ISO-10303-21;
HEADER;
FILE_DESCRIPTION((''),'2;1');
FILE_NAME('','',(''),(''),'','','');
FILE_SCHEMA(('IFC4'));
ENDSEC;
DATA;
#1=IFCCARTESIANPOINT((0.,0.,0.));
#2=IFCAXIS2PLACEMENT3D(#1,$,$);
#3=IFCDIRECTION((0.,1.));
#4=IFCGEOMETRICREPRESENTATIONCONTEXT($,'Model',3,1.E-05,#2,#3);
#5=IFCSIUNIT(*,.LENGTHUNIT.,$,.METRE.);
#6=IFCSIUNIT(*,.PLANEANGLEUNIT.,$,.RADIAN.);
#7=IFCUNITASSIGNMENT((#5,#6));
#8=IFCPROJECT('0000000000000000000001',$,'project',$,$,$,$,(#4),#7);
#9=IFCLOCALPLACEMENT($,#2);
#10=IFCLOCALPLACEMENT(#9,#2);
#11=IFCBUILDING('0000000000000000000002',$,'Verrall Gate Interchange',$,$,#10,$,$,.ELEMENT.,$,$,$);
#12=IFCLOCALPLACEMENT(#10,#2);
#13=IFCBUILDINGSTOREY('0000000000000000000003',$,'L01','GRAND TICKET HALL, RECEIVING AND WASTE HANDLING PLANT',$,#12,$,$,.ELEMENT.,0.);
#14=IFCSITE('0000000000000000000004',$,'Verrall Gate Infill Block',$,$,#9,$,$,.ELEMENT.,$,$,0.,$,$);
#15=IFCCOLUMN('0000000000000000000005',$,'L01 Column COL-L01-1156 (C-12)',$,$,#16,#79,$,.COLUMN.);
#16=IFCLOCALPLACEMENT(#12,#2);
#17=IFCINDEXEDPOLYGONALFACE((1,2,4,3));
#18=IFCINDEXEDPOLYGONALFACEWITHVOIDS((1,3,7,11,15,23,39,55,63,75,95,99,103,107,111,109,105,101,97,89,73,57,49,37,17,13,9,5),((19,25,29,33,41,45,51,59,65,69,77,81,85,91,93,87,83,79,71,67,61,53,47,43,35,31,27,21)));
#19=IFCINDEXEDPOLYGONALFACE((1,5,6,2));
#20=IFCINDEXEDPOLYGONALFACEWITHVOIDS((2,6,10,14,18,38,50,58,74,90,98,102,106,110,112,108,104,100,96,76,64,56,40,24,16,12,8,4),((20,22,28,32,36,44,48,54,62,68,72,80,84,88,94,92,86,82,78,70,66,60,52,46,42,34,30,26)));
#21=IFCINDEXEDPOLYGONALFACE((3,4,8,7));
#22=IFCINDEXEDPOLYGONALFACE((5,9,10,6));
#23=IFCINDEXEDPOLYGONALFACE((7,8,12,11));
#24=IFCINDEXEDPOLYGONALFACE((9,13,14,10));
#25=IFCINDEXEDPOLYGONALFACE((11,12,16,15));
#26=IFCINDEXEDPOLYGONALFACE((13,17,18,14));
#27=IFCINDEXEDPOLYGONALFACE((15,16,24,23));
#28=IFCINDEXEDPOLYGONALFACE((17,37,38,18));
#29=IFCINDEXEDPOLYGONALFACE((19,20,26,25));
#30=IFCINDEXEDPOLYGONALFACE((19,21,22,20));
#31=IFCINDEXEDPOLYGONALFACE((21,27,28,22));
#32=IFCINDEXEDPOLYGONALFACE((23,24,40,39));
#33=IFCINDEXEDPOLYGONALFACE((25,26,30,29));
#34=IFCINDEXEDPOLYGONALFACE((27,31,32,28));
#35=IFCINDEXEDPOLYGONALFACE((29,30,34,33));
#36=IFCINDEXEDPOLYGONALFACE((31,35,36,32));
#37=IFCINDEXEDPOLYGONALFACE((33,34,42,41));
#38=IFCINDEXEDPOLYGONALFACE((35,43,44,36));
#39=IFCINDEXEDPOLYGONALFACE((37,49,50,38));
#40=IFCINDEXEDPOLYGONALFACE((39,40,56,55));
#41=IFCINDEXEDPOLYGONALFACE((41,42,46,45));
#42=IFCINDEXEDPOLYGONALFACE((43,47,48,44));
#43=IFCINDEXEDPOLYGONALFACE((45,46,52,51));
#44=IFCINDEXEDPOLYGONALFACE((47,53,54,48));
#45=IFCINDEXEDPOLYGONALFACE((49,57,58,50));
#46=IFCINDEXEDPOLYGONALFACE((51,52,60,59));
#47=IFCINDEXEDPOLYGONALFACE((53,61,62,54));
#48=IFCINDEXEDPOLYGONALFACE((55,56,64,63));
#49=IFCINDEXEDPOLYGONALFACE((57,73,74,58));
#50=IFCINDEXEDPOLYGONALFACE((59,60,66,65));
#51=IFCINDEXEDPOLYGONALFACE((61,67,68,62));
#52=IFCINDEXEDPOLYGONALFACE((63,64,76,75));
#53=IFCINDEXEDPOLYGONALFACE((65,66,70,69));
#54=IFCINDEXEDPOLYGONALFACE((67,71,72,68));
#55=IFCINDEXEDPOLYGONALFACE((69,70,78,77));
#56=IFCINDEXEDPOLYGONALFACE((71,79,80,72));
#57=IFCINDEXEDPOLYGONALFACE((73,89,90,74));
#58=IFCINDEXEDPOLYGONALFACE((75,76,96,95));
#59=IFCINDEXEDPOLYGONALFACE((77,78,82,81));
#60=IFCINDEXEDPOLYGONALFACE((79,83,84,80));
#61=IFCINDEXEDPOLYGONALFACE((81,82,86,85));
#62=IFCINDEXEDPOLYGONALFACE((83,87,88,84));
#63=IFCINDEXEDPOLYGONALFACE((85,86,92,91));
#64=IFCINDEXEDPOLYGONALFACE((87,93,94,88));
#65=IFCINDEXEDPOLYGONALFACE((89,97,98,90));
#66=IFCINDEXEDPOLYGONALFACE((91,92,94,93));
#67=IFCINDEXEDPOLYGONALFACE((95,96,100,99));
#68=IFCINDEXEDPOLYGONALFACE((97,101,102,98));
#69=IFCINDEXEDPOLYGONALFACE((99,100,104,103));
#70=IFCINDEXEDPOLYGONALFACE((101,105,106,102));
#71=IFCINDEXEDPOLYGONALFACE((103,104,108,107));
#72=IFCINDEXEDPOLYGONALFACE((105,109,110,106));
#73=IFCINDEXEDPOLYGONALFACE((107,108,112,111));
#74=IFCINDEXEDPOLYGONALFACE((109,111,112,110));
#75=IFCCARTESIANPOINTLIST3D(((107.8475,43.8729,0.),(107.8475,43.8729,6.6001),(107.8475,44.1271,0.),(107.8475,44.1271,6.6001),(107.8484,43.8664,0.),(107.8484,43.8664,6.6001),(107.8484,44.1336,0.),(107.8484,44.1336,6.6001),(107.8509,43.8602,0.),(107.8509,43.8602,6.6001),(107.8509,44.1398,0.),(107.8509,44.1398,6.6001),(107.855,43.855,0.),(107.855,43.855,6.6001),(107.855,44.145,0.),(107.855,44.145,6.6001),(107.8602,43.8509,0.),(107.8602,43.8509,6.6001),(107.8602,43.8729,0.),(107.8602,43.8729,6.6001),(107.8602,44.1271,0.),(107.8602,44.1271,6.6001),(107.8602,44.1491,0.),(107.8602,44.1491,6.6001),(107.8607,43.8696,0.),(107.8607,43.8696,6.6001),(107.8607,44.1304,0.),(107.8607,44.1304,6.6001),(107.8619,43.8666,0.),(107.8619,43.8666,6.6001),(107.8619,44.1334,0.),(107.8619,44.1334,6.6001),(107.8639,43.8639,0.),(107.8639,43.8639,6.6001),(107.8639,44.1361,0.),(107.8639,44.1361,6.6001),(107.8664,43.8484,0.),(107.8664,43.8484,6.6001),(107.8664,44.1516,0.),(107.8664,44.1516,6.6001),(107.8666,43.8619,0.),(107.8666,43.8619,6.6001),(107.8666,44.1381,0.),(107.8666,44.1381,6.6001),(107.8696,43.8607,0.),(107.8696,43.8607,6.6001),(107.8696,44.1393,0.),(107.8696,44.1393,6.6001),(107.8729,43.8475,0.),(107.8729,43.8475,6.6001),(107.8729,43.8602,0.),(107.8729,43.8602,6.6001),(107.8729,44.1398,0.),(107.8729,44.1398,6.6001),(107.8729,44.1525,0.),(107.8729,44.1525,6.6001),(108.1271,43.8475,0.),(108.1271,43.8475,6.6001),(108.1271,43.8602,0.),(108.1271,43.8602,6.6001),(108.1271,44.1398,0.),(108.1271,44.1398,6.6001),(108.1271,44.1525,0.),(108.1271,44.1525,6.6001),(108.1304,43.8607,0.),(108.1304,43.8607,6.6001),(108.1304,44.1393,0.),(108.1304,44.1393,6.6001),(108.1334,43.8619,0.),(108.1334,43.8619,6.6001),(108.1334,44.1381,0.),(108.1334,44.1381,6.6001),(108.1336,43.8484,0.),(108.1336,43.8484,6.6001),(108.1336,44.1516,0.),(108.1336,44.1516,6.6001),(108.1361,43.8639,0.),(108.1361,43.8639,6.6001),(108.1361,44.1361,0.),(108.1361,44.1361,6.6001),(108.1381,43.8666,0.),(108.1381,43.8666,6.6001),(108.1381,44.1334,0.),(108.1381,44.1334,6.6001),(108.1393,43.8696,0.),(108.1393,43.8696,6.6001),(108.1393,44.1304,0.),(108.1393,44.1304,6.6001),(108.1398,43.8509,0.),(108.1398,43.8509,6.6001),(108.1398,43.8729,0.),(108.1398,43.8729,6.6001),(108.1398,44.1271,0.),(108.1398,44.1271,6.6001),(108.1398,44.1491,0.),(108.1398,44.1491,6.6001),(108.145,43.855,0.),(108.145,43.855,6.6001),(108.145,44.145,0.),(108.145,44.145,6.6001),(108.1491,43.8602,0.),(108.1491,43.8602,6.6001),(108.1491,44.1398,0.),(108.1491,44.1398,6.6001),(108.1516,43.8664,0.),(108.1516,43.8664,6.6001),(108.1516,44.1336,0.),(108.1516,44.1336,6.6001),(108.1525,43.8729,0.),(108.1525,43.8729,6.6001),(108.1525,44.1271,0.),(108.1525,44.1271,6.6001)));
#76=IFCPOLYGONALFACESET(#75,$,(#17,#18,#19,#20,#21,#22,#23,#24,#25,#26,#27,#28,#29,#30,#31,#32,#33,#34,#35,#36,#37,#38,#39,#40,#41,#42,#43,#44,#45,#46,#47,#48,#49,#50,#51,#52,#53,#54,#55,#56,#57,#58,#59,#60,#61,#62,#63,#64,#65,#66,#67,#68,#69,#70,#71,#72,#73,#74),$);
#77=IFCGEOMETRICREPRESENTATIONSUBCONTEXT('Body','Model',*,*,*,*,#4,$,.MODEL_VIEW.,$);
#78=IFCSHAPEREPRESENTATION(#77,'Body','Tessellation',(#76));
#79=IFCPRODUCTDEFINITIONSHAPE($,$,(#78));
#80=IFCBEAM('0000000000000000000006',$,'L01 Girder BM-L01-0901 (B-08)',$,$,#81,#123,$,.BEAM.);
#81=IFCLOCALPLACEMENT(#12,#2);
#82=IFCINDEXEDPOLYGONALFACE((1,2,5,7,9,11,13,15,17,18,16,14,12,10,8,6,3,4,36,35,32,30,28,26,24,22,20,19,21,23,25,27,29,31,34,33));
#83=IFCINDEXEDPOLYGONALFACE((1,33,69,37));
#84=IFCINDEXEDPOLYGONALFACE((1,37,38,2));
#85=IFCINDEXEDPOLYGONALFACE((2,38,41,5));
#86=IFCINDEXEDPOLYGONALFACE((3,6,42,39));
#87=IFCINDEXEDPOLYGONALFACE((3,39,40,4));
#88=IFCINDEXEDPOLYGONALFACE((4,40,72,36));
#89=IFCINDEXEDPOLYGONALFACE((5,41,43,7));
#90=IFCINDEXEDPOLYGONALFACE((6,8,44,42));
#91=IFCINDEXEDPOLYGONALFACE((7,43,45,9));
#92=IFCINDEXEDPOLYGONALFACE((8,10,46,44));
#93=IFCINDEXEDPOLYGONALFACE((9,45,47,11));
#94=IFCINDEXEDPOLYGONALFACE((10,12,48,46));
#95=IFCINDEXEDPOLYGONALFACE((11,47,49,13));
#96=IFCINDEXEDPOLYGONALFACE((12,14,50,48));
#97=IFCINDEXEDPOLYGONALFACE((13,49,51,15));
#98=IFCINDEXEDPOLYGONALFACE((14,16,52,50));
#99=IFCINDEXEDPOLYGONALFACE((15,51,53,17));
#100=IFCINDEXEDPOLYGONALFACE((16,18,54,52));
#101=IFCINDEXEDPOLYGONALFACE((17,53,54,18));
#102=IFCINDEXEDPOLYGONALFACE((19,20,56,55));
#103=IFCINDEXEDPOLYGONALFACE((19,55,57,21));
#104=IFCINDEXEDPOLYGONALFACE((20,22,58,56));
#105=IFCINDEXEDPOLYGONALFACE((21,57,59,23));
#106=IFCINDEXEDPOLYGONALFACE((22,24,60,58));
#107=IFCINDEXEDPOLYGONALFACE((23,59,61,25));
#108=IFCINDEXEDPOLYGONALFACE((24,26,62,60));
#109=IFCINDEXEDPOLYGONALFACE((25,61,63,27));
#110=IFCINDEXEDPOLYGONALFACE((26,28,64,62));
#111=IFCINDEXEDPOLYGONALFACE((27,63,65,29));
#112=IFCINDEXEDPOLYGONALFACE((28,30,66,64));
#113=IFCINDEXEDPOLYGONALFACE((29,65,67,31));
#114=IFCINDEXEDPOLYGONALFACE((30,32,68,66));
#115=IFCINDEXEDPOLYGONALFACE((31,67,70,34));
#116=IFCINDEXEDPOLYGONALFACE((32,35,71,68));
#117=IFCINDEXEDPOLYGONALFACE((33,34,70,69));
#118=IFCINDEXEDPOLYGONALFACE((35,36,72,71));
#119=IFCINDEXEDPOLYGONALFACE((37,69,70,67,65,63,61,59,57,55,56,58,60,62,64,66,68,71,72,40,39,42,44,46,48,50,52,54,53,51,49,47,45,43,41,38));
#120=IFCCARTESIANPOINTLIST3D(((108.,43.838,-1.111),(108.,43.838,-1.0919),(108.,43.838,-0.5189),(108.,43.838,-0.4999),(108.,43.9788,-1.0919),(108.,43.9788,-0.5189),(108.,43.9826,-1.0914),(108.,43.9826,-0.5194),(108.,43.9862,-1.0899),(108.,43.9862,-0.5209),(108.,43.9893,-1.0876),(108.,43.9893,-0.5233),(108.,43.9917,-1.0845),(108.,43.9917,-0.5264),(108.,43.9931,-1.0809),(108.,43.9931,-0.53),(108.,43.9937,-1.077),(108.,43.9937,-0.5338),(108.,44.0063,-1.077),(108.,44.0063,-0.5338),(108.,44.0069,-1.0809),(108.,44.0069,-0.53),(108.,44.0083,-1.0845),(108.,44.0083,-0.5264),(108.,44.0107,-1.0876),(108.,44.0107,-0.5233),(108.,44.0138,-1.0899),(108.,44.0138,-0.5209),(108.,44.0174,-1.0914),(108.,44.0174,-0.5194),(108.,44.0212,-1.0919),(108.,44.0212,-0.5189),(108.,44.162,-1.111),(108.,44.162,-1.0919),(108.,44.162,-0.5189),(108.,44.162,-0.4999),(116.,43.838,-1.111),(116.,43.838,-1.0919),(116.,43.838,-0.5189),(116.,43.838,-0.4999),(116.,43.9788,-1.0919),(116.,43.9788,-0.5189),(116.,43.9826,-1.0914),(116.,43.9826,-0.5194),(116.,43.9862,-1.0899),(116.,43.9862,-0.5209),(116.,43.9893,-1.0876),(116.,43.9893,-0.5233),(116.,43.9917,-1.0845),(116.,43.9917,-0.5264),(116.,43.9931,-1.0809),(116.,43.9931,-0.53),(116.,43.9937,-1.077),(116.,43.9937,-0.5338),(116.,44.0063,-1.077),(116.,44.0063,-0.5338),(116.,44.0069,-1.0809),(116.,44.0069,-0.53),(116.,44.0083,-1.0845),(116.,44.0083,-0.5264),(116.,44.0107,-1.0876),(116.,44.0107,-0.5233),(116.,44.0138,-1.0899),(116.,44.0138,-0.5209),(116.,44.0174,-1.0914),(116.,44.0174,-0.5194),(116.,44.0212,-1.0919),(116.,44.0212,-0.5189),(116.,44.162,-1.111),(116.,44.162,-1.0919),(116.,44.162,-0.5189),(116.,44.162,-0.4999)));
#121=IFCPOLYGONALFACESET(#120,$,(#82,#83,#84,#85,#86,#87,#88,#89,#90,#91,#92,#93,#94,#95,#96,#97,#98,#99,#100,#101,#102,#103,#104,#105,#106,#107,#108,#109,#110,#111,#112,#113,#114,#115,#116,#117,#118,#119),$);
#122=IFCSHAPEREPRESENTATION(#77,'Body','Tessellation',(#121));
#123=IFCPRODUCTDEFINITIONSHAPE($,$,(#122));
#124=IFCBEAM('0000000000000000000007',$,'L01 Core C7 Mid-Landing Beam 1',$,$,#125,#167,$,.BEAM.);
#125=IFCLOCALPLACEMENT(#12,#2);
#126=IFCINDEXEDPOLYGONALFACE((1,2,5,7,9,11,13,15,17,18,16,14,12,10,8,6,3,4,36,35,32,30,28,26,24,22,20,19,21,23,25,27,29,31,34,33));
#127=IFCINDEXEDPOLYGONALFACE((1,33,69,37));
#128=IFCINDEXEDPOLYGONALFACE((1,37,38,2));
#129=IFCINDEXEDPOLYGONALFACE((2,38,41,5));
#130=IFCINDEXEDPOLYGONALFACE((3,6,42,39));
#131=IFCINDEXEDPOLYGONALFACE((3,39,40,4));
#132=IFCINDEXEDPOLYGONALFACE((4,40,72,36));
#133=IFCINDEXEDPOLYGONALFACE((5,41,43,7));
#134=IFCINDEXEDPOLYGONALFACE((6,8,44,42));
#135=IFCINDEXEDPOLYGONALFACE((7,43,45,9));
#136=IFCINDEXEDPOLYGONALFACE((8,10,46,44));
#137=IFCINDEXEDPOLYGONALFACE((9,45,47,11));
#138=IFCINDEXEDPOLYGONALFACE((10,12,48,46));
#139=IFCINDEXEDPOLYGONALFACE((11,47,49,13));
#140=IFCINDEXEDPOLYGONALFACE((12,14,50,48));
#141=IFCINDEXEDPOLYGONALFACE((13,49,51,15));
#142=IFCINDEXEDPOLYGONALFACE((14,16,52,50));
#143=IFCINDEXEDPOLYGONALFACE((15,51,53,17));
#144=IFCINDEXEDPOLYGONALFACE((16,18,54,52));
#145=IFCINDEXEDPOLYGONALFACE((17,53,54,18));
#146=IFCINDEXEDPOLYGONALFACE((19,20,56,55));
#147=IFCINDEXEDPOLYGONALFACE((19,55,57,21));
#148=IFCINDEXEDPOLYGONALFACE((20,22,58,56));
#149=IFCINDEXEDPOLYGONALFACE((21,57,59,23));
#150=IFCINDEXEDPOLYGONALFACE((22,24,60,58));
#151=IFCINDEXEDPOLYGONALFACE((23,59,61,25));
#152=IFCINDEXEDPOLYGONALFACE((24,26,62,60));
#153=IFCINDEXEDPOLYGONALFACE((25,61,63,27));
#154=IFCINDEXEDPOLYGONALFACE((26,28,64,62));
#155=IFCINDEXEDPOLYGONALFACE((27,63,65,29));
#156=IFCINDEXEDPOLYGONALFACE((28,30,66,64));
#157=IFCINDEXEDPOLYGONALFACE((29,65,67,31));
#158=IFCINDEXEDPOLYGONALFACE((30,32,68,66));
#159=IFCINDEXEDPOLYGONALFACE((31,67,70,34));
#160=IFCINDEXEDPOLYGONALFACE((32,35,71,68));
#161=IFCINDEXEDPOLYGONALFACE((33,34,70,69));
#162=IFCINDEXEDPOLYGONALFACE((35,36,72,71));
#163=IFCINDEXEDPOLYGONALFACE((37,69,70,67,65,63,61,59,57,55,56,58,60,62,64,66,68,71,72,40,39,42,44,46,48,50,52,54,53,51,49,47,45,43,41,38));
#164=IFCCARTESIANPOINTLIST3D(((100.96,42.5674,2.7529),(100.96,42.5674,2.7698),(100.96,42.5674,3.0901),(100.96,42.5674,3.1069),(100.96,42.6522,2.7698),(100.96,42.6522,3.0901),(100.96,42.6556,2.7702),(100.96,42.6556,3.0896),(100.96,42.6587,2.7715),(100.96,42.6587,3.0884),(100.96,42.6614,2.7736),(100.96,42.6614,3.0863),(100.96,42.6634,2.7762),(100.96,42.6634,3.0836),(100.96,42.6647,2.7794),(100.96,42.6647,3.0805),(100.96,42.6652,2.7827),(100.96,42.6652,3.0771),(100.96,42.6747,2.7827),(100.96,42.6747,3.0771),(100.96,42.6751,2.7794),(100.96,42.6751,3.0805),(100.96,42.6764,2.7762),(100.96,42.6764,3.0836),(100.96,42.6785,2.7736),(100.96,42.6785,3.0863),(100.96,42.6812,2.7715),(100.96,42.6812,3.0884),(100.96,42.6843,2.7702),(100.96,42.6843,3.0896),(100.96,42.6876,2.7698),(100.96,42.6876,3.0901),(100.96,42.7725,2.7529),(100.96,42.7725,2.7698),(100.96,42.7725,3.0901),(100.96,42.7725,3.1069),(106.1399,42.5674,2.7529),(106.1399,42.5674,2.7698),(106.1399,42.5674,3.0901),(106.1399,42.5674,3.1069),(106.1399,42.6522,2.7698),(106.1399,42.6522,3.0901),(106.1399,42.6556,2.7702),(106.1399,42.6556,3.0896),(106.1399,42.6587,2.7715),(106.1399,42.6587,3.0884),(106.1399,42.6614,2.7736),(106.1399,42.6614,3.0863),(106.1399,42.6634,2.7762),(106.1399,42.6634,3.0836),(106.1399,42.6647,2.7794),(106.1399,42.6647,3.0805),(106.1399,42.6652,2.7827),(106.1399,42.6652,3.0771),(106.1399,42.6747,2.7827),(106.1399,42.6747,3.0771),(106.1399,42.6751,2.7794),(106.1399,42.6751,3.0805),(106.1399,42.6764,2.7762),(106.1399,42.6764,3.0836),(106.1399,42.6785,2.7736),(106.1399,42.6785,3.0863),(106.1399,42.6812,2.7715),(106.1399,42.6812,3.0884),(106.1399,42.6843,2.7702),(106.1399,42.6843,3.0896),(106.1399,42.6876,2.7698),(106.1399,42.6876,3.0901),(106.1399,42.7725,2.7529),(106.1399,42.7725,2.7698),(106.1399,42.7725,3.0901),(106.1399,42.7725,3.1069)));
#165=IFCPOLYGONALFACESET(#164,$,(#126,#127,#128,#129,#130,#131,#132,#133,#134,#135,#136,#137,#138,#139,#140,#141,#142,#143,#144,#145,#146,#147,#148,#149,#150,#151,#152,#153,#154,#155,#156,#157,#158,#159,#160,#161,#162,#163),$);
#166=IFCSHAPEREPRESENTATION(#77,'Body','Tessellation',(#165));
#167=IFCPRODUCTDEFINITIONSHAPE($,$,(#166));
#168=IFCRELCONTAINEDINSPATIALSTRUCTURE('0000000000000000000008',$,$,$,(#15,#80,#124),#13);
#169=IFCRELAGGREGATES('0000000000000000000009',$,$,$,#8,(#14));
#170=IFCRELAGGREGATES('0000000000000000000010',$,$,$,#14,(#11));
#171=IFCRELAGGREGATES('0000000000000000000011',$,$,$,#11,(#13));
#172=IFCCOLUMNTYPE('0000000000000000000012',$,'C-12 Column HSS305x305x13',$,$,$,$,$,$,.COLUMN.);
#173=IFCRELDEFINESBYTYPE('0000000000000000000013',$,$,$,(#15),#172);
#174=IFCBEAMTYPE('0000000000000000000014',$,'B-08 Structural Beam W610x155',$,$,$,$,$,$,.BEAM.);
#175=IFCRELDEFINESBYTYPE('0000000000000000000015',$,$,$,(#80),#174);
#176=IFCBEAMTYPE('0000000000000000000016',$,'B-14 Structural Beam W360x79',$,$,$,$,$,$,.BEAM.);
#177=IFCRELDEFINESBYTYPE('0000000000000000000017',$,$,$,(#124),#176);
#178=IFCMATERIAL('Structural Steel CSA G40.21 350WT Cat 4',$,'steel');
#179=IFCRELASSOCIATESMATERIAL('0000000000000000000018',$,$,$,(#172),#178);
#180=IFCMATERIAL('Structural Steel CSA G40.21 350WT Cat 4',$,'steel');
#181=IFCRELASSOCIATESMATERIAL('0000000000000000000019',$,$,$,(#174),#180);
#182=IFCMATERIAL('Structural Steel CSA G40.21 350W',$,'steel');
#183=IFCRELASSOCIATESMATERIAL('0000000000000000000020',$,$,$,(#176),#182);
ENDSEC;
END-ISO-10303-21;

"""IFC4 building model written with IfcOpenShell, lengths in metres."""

from ifc_helpers import new_model, si_unit, direction, frame, origin, origin_2d, place, context, subcontext, project, spatial, hollow_rectangle, i_section, extrude, material, material_profile, profile_set, type_object, element, save


model = new_model("IFC4")

# Units and contexts
model_context = context("Model", 3, precision=1e-05, world=origin(), true_north=direction((0.0, 1.0)))
body_context = subcontext(model_context, "Body", "Model", "MODEL_VIEW")
ifc_project = project(units=[si_unit("LENGTHUNIT", "METRE"), si_unit("PLANEANGLEUNIT", "RADIAN")], contexts=[model_context])

# Site, building, storey
site_placement = place(None, origin())
site = spatial("IfcSite", under=ifc_project, at=site_placement, Name="Verrall Gate Infill Block", CompositionType="ELEMENT", RefElevation=0.0)
building_placement = place(site_placement, origin())
building = spatial("IfcBuilding", under=site, at=building_placement, Name="Verrall Gate Interchange", CompositionType="ELEMENT")
storey_placement = place(building_placement, origin())
storey = spatial("IfcBuildingStorey", under=building, at=storey_placement, Name="L01", Description="GRAND TICKET HALL, RECEIVING AND WASTE HANDLING PLANT", CompositionType="ELEMENT", Elevation=0.0)

# Column
ifc_material_1 = material(Name="Structural Steel CSA G40.21 350WT Cat 4", Category="steel")
ifc_material_profile_1 = material_profile(ifc_material_1, hollow_rectangle(XDim=0.3049, YDim=0.3049, WallThickness=0.0127, InnerFilletRadius=0.0127, OuterFilletRadius=0.0254, at=origin_2d()), Name="HSS305x305x13")
ifc_profile_set_1 = profile_set([ifc_material_profile_1], Name="Structural Steel CSA G40.21 350WT Cat 4")
column_type = type_object("IfcColumnType", Name="C-12 Column HSS305x305x13", PredefinedType="COLUMN", material=ifc_profile_set_1)
column_placement = place(storey_placement, frame((108.0, 44.0, 0.0), z_axis=(0.0, 0.0, 1.0), x_axis=(1.0, 0.0, 0.0)))
element("IfcColumn", 1, at=column_placement, inside=storey, type_object=column_type, Name="L01 Column COL-L01-1156 (C-12)", PredefinedType="COLUMN", context=body_context, shape_type="SweptSolid", body=[
    extrude(hollow_rectangle(XDim=0.3049, YDim=0.3049, WallThickness=0.0127, InnerFilletRadius=0.0127, OuterFilletRadius=0.0254, at=origin_2d()), origin(), (0.0, 0.0, 1.0), 6.6001),
])

# Beams
ifc_material_2 = material(Name="Structural Steel CSA G40.21 350WT Cat 4", Category="steel")
ifc_material_profile_2 = material_profile(ifc_material_2, i_section(OverallWidth=0.324, OverallDepth=0.6111, WebThickness=0.0127, FlangeThickness=0.019, FilletRadius=0.0149, at=origin_2d()), Name="W610x155")
ifc_profile_set_2 = profile_set([ifc_material_profile_2], Name="Structural Steel CSA G40.21 350WT Cat 4")
beam_type_1 = type_object("IfcBeamType", Name="B-08 Structural Beam W610x155", PredefinedType="BEAM", material=ifc_profile_set_2)
beam_1_placement = place(storey_placement, frame((108.0, 44.0, -0.8054), z_axis=(1.0, 0.0, 0.0), x_axis=(0.0, 1.0, 0.0)))
element("IfcBeam", 2, at=beam_1_placement, inside=storey, type_object=beam_type_1, Name="L01 Girder BM-L01-0901 (B-08)", PredefinedType="BEAM", context=body_context, shape_type="SweptSolid", body=[
    extrude(i_section(OverallWidth=0.324, OverallDepth=0.6111, WebThickness=0.0127, FlangeThickness=0.019, FilletRadius=0.0149, at=origin_2d()), origin(), (0.0, 0.0, 1.0), 8.0),
])
ifc_material_3 = material(Name="Structural Steel CSA G40.21 350W", Category="steel")
ifc_material_profile_3 = material_profile(ifc_material_3, i_section(OverallWidth=0.2051, OverallDepth=0.354, WebThickness=0.0095, FlangeThickness=0.0168, FilletRadius=0.0129, at=origin_2d()), Name="W360x79")
ifc_profile_set_3 = profile_set([ifc_material_profile_3], Name="Structural Steel CSA G40.21 350W")
beam_type_2 = type_object("IfcBeamType", Name="B-14 Structural Beam W360x79", PredefinedType="BEAM", material=ifc_profile_set_3)
beam_2_placement = place(storey_placement, frame((100.96, 42.6699, 2.9299), z_axis=(1.0, 0.0, 0.0), x_axis=(0.0, 1.0, 0.0)))
element("IfcBeam", 3, at=beam_2_placement, inside=storey, type_object=beam_type_2, Name="L01 Core C7 Mid-Landing Beam 1", PredefinedType="BEAM", context=body_context, shape_type="SweptSolid", body=[
    extrude(i_section(OverallWidth=0.2051, OverallDepth=0.354, WebThickness=0.0095, FlangeThickness=0.0168, FilletRadius=0.0129, at=origin_2d()), origin(), (0.0, 0.0, 1.0), 5.1799),
])

save(model, "model.ifc")
